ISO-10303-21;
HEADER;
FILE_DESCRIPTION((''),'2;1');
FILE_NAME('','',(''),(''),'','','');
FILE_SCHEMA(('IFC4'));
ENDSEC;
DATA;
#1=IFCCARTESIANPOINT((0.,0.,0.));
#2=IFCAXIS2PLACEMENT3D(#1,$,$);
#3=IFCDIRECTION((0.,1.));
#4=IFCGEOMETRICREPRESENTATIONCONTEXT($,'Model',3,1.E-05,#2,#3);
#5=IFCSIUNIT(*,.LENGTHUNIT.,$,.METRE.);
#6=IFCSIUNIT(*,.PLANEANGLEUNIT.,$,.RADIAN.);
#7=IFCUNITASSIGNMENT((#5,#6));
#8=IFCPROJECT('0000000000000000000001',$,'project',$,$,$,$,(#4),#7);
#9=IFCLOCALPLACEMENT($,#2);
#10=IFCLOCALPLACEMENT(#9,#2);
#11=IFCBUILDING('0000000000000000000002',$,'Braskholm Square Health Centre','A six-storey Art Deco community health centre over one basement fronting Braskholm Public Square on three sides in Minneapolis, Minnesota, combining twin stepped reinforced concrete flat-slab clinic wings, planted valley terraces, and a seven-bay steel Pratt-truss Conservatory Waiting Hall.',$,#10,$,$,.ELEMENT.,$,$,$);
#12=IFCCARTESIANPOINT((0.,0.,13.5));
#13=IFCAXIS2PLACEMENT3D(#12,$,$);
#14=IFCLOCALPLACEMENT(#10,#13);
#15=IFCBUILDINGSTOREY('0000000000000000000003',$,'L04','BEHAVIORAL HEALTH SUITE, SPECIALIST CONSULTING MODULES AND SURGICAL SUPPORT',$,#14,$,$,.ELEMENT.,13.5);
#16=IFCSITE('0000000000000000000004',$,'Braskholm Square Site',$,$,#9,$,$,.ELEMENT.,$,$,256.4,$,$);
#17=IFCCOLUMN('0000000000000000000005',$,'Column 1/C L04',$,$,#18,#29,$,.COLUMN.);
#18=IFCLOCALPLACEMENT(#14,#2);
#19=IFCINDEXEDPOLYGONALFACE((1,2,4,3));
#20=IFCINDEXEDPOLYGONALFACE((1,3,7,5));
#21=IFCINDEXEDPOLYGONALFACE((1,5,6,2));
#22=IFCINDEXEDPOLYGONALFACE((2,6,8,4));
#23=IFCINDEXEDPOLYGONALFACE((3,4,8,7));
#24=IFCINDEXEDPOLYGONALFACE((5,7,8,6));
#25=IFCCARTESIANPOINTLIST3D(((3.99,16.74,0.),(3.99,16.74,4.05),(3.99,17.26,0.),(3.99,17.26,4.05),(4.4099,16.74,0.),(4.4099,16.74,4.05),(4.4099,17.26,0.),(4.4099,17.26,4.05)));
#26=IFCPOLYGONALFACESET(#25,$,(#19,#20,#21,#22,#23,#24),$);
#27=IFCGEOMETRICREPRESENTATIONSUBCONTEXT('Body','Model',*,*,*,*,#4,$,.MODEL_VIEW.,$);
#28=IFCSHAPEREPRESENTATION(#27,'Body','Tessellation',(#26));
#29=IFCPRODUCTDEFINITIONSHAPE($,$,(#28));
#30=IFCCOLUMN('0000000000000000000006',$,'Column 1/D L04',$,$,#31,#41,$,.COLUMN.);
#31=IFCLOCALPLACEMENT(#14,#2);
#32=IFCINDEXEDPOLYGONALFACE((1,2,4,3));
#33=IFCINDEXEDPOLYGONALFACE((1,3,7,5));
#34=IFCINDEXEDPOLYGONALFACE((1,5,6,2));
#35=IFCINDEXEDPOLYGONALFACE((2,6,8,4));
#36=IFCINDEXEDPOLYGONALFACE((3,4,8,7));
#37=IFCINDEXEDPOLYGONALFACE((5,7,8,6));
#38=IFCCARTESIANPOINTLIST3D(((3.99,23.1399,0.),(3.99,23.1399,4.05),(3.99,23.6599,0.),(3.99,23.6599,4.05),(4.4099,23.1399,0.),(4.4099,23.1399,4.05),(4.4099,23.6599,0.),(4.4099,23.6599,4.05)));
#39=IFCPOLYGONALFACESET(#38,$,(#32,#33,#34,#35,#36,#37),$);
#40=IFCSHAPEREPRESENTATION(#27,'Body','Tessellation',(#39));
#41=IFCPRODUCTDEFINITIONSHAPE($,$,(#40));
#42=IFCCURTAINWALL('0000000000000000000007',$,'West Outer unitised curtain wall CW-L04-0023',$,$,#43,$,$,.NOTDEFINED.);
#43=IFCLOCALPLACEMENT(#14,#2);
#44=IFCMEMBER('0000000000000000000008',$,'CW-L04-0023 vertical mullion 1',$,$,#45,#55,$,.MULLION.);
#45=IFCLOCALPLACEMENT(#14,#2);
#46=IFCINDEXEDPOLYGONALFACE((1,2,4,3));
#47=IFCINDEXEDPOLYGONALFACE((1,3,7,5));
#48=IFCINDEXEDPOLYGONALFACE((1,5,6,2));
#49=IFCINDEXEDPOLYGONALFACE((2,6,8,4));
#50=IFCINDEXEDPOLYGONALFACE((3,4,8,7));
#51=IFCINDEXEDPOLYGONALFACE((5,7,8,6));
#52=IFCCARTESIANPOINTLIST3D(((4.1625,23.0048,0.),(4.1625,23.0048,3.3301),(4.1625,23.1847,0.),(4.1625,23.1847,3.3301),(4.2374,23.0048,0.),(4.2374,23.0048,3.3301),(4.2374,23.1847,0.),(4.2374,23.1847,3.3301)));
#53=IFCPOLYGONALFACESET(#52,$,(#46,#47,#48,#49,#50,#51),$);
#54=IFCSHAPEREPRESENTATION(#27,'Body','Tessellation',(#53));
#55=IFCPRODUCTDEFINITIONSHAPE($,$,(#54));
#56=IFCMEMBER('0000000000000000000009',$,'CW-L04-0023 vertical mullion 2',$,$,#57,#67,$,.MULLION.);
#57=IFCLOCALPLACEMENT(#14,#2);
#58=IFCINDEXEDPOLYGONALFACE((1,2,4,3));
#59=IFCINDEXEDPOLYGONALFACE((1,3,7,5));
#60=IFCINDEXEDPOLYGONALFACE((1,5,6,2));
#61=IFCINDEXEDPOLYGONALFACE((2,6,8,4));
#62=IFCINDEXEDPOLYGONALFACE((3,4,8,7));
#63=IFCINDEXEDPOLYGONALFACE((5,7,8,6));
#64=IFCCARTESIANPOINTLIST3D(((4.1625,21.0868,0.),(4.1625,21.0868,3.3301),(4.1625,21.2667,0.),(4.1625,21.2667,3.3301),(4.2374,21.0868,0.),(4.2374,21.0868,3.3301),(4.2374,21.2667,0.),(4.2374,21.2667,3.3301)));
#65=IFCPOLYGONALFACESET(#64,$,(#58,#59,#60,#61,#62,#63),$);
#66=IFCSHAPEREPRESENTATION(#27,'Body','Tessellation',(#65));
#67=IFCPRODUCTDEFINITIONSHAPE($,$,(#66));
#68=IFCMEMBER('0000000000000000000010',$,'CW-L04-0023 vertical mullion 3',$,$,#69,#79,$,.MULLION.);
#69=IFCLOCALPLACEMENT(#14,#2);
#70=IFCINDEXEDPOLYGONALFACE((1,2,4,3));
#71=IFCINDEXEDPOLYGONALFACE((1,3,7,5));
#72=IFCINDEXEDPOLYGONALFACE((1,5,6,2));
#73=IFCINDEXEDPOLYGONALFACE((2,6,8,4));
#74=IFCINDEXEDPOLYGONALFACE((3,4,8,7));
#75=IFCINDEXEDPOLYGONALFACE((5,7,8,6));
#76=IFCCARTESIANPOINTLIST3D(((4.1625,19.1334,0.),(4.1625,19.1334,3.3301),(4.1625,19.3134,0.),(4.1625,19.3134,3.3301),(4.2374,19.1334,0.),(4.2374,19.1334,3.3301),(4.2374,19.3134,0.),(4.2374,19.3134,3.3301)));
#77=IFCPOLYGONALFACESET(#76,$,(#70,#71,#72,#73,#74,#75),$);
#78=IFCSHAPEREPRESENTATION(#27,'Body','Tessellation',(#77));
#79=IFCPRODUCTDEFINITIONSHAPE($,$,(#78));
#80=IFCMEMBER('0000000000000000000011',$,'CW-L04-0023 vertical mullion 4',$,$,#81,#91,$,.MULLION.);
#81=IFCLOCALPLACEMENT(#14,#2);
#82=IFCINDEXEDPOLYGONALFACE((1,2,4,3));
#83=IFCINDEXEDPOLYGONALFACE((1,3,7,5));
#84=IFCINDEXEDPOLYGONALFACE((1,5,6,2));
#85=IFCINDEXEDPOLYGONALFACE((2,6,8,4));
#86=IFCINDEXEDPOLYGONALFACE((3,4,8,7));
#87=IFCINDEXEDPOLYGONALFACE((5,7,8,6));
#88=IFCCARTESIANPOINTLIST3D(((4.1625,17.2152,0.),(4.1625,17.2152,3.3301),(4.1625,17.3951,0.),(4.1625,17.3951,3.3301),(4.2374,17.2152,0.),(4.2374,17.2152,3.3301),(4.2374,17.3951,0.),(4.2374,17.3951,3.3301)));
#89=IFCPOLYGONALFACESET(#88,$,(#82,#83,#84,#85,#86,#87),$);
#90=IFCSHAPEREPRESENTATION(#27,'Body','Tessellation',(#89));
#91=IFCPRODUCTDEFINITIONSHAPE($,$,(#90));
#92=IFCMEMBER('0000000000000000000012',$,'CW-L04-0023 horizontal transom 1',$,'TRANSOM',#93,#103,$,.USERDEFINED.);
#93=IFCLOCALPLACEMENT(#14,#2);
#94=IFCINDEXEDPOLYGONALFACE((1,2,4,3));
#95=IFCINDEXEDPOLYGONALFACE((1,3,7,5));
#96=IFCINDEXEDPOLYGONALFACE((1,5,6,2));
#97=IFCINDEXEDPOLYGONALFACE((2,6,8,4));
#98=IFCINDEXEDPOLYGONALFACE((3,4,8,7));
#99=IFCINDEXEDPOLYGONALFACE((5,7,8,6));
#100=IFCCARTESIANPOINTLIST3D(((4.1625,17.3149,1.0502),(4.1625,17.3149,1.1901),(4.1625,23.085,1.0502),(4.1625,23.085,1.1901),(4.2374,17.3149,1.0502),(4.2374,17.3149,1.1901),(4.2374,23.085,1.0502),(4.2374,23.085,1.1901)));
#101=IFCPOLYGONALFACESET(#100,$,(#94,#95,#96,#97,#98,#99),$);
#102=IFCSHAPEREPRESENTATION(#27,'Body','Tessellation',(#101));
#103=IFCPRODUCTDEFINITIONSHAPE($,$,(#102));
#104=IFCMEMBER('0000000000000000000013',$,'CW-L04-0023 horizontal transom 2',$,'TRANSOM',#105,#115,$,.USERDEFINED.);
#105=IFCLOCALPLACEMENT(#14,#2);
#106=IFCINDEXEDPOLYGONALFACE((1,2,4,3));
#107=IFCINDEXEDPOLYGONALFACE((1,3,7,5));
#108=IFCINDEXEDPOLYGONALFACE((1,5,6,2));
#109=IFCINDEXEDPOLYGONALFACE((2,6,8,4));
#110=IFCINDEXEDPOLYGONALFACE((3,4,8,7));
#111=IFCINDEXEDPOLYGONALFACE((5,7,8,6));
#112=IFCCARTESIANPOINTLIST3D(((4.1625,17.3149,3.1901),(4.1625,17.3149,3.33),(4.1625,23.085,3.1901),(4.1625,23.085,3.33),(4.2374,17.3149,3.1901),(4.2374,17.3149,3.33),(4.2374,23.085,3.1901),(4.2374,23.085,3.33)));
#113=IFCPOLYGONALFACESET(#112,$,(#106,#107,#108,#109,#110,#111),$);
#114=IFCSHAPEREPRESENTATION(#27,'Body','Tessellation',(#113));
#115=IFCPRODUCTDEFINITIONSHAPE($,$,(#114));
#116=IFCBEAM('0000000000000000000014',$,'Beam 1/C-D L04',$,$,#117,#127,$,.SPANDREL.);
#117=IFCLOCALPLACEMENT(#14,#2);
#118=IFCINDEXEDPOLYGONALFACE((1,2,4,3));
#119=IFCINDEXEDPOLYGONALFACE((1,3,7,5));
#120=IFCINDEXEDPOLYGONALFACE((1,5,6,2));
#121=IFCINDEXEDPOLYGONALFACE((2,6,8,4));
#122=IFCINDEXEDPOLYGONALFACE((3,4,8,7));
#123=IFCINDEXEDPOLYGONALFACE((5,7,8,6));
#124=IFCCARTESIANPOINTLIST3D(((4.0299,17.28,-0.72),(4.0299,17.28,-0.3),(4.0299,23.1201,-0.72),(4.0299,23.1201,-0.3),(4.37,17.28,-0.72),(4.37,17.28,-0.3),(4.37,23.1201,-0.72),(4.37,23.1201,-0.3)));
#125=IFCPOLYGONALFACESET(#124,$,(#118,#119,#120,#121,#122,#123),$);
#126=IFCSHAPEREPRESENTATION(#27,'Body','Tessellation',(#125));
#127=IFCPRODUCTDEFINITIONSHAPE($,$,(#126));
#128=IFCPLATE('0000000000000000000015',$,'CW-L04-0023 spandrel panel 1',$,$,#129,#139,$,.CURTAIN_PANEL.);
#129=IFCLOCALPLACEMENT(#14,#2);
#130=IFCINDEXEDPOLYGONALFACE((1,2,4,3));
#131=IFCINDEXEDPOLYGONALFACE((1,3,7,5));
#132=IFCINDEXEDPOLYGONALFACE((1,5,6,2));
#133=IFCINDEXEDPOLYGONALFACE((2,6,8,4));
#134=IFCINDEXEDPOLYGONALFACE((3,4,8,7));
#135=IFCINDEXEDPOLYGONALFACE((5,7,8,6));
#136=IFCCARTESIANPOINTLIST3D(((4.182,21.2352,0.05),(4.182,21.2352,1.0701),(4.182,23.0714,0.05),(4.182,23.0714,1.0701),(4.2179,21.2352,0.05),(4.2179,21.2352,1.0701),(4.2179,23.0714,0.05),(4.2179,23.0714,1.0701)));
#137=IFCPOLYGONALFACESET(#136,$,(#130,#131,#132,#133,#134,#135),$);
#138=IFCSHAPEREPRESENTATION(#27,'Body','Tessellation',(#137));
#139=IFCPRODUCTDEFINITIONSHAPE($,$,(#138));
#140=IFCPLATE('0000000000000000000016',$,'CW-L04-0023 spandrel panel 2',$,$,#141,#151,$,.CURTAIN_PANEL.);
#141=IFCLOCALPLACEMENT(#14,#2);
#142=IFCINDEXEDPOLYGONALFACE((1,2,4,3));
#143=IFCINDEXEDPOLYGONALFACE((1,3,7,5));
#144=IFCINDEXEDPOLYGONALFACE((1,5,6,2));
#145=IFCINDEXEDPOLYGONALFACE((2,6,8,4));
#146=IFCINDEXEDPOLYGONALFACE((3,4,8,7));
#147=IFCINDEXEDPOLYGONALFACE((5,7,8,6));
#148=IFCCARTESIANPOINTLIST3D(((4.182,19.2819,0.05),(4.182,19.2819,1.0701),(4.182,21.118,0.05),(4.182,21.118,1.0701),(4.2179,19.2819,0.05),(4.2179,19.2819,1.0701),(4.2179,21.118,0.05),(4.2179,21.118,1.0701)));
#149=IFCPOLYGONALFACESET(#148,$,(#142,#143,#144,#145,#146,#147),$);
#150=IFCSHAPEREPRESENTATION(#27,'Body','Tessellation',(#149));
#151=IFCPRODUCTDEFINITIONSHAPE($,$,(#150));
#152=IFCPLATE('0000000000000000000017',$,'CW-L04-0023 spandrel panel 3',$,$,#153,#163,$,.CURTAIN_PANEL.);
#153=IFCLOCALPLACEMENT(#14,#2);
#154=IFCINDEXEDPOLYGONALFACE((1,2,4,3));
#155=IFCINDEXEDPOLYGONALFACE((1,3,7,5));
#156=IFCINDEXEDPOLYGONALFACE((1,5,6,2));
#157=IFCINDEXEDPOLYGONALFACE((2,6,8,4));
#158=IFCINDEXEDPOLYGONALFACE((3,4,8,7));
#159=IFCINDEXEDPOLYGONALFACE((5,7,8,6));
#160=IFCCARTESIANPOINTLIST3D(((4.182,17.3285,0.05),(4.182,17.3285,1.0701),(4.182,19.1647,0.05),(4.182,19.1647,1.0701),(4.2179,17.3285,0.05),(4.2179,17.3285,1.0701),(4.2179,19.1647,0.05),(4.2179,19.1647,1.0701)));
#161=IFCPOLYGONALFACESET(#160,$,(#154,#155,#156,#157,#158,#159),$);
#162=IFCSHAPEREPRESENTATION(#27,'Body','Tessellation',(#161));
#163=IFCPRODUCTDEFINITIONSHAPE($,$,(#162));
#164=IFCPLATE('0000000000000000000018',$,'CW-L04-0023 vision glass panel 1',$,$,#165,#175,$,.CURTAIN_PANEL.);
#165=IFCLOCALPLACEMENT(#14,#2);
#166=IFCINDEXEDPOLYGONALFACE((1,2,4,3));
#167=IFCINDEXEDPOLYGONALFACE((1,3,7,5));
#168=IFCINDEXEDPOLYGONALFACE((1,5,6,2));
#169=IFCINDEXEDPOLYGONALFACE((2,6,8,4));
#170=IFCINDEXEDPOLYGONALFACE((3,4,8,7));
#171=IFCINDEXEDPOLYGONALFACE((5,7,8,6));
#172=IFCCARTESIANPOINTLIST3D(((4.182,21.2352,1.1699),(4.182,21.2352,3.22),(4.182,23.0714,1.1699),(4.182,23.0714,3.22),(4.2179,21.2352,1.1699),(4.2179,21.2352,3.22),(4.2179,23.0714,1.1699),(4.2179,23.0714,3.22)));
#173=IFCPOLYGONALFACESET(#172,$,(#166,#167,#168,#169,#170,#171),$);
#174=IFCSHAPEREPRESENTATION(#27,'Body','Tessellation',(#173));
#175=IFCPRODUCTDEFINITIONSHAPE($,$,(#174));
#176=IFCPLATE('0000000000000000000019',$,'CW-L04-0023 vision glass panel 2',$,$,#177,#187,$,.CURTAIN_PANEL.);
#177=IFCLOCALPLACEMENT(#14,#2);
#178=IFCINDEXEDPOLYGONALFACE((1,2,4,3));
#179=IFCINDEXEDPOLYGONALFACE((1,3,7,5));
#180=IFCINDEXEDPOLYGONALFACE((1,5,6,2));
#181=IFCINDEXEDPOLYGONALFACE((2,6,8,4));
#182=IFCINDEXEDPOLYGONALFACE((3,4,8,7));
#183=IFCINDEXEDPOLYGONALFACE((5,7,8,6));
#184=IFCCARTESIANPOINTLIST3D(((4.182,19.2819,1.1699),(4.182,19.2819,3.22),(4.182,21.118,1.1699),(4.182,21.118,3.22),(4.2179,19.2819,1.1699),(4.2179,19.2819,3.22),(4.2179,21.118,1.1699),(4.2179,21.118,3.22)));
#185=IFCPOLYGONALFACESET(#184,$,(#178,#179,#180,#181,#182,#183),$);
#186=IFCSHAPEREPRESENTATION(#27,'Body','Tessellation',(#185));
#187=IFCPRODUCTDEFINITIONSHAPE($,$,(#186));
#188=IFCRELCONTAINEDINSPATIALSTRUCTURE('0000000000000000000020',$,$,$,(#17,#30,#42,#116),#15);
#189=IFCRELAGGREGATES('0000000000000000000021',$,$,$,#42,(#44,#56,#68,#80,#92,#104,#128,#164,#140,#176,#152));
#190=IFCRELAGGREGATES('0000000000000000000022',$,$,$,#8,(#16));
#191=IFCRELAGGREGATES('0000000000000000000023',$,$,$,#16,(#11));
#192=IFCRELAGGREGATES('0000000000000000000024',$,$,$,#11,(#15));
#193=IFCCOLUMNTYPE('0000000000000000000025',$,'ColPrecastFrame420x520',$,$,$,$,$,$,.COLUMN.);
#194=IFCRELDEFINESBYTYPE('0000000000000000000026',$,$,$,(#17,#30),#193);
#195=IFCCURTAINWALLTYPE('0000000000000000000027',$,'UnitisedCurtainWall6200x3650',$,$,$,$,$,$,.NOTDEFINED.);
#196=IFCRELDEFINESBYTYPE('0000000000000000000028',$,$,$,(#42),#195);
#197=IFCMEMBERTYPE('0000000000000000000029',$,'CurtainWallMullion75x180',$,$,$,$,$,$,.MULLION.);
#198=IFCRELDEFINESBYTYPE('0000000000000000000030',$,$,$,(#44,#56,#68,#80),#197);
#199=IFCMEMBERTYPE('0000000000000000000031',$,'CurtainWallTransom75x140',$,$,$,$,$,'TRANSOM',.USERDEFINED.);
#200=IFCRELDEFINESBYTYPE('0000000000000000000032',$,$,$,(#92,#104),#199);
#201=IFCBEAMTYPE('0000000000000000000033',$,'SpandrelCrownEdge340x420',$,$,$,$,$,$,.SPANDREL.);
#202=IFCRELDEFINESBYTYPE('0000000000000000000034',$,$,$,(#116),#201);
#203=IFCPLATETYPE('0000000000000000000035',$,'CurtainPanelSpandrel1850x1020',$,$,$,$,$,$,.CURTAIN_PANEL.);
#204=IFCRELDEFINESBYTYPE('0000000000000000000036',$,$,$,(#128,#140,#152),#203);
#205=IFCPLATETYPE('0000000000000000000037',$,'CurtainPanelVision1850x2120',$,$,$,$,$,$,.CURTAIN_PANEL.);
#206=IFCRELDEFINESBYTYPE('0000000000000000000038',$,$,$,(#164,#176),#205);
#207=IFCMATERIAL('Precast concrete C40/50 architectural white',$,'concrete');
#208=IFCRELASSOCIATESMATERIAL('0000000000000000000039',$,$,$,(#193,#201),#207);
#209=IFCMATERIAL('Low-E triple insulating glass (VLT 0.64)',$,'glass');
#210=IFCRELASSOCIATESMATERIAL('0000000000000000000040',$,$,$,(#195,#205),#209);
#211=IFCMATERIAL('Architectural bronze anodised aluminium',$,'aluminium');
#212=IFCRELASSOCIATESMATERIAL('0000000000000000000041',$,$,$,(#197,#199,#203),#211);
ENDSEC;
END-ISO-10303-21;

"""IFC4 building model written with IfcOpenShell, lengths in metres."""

from ifc_helpers import new_model, si_unit, direction, frame, origin, origin_2d, place, context, subcontext, project, spatial, rectangle, extrude, material, material_profile, profile_set, type_object, element, aggregate, save


model = new_model("IFC4")

# Units and contexts
model_context = context("Model", 3, precision=1e-05, world=origin(), true_north=direction((0.0, 1.0)))
body_context = subcontext(model_context, "Body", "Model", "MODEL_VIEW")
ifc_project = project(units=[si_unit("LENGTHUNIT", "METRE"), si_unit("PLANEANGLEUNIT", "RADIAN")], contexts=[model_context])

# Site, building, storey
site_placement = place(None, origin())
site = spatial("IfcSite", under=ifc_project, at=site_placement, Name="Braskholm Square Site", CompositionType="ELEMENT", RefElevation=256.4)
building_placement = place(site_placement, origin())
building = spatial("IfcBuilding", under=site, at=building_placement, Name="Braskholm Square Health Centre", Description="A six-storey Art Deco community health centre over one basement fronting Braskholm Public Square on three sides in Minneapolis, Minnesota, combining twin stepped reinforced concrete flat-slab clinic wings, planted valley terraces, and a seven-bay steel Pratt-truss Conservatory Waiting Hall.", CompositionType="ELEMENT")
storey_placement = place(building_placement, frame((0.0, 0.0, 13.5)))
storey = spatial("IfcBuildingStorey", under=building, at=storey_placement, Name="L04", Description="BEHAVIORAL HEALTH SUITE, SPECIALIST CONSULTING MODULES AND SURGICAL SUPPORT", CompositionType="ELEMENT", Elevation=13.5)

# Columns
ifc_material_1 = material(Name="Precast concrete C40/50 architectural white", Category="concrete")
ifc_material_profile_1 = material_profile(ifc_material_1, rectangle(XDim=0.4199, YDim=0.52, at=origin_2d()), Name="RC-420X520")
ifc_profile_set_1 = profile_set([ifc_material_profile_1], Name="Precast concrete C40/50 architectural white")
column_type = type_object("IfcColumnType", Name="ColPrecastFrame420x520", PredefinedType="COLUMN", material=ifc_profile_set_1)
for number, where, z_axis, x_axis, name in (
    (1, (4.2, 17.0, 0.0), (0.0, 0.0, 1.0), (1.0, 0.0, 0.0), "Column 1/C L04"),
    (2, (4.2, 23.3999, 0.0), (0.0, 0.0, 1.0), (1.0, 0.0, 0.0), "Column 1/D L04"),
):
    element("IfcColumn", number, at=place(storey_placement, frame(where, z_axis=z_axis, x_axis=x_axis)), inside=storey, type_object=column_type, Name=name, PredefinedType="COLUMN", context=body_context, shape_type="SweptSolid", body=[
        extrude(rectangle(XDim=0.4199, YDim=0.52, at=origin_2d()), origin(), (0.0, 0.0, 1.0), 4.05),
    ])

# Curtain wall, members
ifc_material_2 = material(Name="Low-E triple insulating glass (VLT 0.64)", Category="glass")
curtain_wall_type = type_object("IfcCurtainWallType", Name="UnitisedCurtainWall6200x3650", PredefinedType="NOTDEFINED", material=ifc_material_2)
curtain_wall_placement = place(storey_placement, origin())
curtain_wall = element("IfcCurtainWall", 3, at=curtain_wall_placement, inside=storey, type_object=curtain_wall_type, Name="West Outer unitised curtain wall CW-L04-0023", PredefinedType="NOTDEFINED")
ifc_material_3 = material(Name="Architectural bronze anodised aluminium", Category="aluminium")
ifc_material_profile_2 = material_profile(ifc_material_3, rectangle(XDim=0.075, YDim=0.1799, at=origin_2d()), Name="ALU-75X180")
ifc_profile_set_2 = profile_set([ifc_material_profile_2], Name="Architectural bronze anodised aluminium")
member_type_1 = type_object("IfcMemberType", Name="CurtainWallMullion75x180", PredefinedType="MULLION", material=ifc_profile_set_2)
member_1_placement = place(storey_placement, frame((4.2, 23.0947, 0.0), z_axis=(0.0, 0.0, 1.0), x_axis=(1.0, 0.0, 0.0)))
member_1 = element("IfcMember", 4, at=member_1_placement, type_object=member_type_1, Name="CW-L04-0023 vertical mullion 1", PredefinedType="MULLION", context=body_context, shape_type="SweptSolid", body=[
    extrude(rectangle(XDim=0.075, YDim=0.1799, at=origin_2d()), origin(), (0.0, 0.0, 1.0), 3.3301),
])
member_2_placement = place(storey_placement, frame((4.2, 21.1768, 0.0), z_axis=(0.0, 0.0, 1.0), x_axis=(1.0, 0.0, 0.0)))
member_2 = element("IfcMember", 5, at=member_2_placement, type_object=member_type_1, Name="CW-L04-0023 vertical mullion 2", PredefinedType="MULLION", context=body_context, shape_type="SweptSolid", body=[
    extrude(rectangle(XDim=0.075, YDim=0.1799, at=origin_2d()), origin(), (0.0, 0.0, 1.0), 3.3301),
])
member_3_placement = place(storey_placement, frame((4.2, 19.2234, 0.0), z_axis=(0.0, 0.0, 1.0), x_axis=(1.0, 0.0, 0.0)))
member_3 = element("IfcMember", 6, at=member_3_placement, type_object=member_type_1, Name="CW-L04-0023 vertical mullion 3", PredefinedType="MULLION", context=body_context, shape_type="SweptSolid", body=[
    extrude(rectangle(XDim=0.075, YDim=0.1799, at=origin_2d()), origin(), (0.0, 0.0, 1.0), 3.3301),
])
member_4_placement = place(storey_placement, frame((4.2, 17.3052, 0.0), z_axis=(0.0, 0.0, 1.0), x_axis=(1.0, 0.0, 0.0)))
member_4 = element("IfcMember", 7, at=member_4_placement, type_object=member_type_1, Name="CW-L04-0023 vertical mullion 4", PredefinedType="MULLION", context=body_context, shape_type="SweptSolid", body=[
    extrude(rectangle(XDim=0.075, YDim=0.1799, at=origin_2d()), origin(), (0.0, 0.0, 1.0), 3.3301),
])
ifc_material_profile_3 = material_profile(ifc_material_3, rectangle(XDim=0.075, YDim=0.1399, at=origin_2d()), Name="ALU-75X140")
ifc_profile_set_3 = profile_set([ifc_material_profile_3], Name="Architectural bronze anodised aluminium")
member_type_2 = type_object("IfcMemberType", Name="CurtainWallTransom75x140", ElementType="TRANSOM", PredefinedType="USERDEFINED", material=ifc_profile_set_3)
member_5_placement = place(storey_placement, frame((4.2, 23.085, 1.1201), z_axis=(0.0, -1.0, 0.0), x_axis=(1.0, 0.0, 0.0)))
member_5 = element("IfcMember", 8, at=member_5_placement, type_object=member_type_2, Name="CW-L04-0023 horizontal transom 1", ObjectType="TRANSOM", PredefinedType="USERDEFINED", context=body_context, shape_type="SweptSolid", body=[
    extrude(rectangle(XDim=0.075, YDim=0.1399, at=origin_2d()), origin(), (0.0, 0.0, 1.0), 5.77),
])
member_6_placement = place(storey_placement, frame((4.2, 23.085, 3.26), z_axis=(0.0, -1.0, 0.0), x_axis=(1.0, 0.0, 0.0)))
member_6 = element("IfcMember", 9, at=member_6_placement, type_object=member_type_2, Name="CW-L04-0023 horizontal transom 2", ObjectType="TRANSOM", PredefinedType="USERDEFINED", context=body_context, shape_type="SweptSolid", body=[
    extrude(rectangle(XDim=0.075, YDim=0.1399, at=origin_2d()), origin(), (0.0, 0.0, 1.0), 5.77),
])

# Beam
ifc_material_profile_4 = material_profile(ifc_material_1, rectangle(XDim=0.3401, YDim=0.4199, at=origin_2d()), Name="RCB-340X420")
ifc_profile_set_4 = profile_set([ifc_material_profile_4], Name="Precast concrete C40/50 architectural white")
beam_type = type_object("IfcBeamType", Name="SpandrelCrownEdge340x420", PredefinedType="SPANDREL", material=ifc_profile_set_4)
beam_placement = place(storey_placement, frame((4.2, 17.28, -0.51), z_axis=(0.0, 1.0, 0.0), x_axis=(-1.0, 0.0, 0.0)))
element("IfcBeam", 10, at=beam_placement, inside=storey, type_object=beam_type, Name="Beam 1/C-D L04", PredefinedType="SPANDREL", context=body_context, shape_type="SweptSolid", body=[
    extrude(rectangle(XDim=0.3401, YDim=0.4199, at=origin_2d()), origin(), (0.0, 0.0, 1.0), 5.8401),
])

# Plates
plate_type_1 = type_object("IfcPlateType", Name="CurtainPanelSpandrel1850x1020", PredefinedType="CURTAIN_PANEL", material=ifc_material_3)
plate_1_placement = place(storey_placement, frame((4.2, 22.1533, 0.05), z_axis=(0.0, 0.0, 1.0), x_axis=(0.0, -1.0, 0.0)))
plate_1 = element("IfcPlate", 11, at=plate_1_placement, type_object=plate_type_1, Name="CW-L04-0023 spandrel panel 1", PredefinedType="CURTAIN_PANEL", context=body_context, shape_type="SweptSolid", body=[
    extrude(rectangle(XDim=1.8362, YDim=0.0359, at=origin_2d()), origin(), (0.0, 0.0, 1.0), 1.02),
])
plate_2_placement = place(storey_placement, frame((4.2, 20.2, 0.05), z_axis=(0.0, 0.0, 1.0), x_axis=(0.0, -1.0, 0.0)))
plate_2 = element("IfcPlate", 12, at=plate_2_placement, type_object=plate_type_1, Name="CW-L04-0023 spandrel panel 2", PredefinedType="CURTAIN_PANEL", context=body_context, shape_type="SweptSolid", body=[
    extrude(rectangle(XDim=1.8362, YDim=0.0359, at=origin_2d()), origin(), (0.0, 0.0, 1.0), 1.02),
])
plate_3_placement = place(storey_placement, frame((4.2, 18.2466, 0.05), z_axis=(0.0, 0.0, 1.0), x_axis=(0.0, -1.0, 0.0)))
plate_3 = element("IfcPlate", 13, at=plate_3_placement, type_object=plate_type_1, Name="CW-L04-0023 spandrel panel 3", PredefinedType="CURTAIN_PANEL", context=body_context, shape_type="SweptSolid", body=[
    extrude(rectangle(XDim=1.8362, YDim=0.0359, at=origin_2d()), origin(), (0.0, 0.0, 1.0), 1.02),
])
plate_type_2 = type_object("IfcPlateType", Name="CurtainPanelVision1850x2120", PredefinedType="CURTAIN_PANEL", material=ifc_material_2)
plate_4_placement = place(storey_placement, frame((4.2, 22.1533, 1.1699), z_axis=(0.0, 0.0, 1.0), x_axis=(0.0, -1.0, 0.0)))
plate_4 = element("IfcPlate", 14, at=plate_4_placement, type_object=plate_type_2, Name="CW-L04-0023 vision glass panel 1", PredefinedType="CURTAIN_PANEL", context=body_context, shape_type="SweptSolid", body=[
    extrude(rectangle(XDim=1.8362, YDim=0.0359, at=origin_2d()), origin(), (0.0, 0.0, 1.0), 2.05),
])
plate_5_placement = place(storey_placement, frame((4.2, 20.2, 1.1699), z_axis=(0.0, 0.0, 1.0), x_axis=(0.0, -1.0, 0.0)))
plate_5 = element("IfcPlate", 15, at=plate_5_placement, type_object=plate_type_2, Name="CW-L04-0023 vision glass panel 2", PredefinedType="CURTAIN_PANEL", context=body_context, shape_type="SweptSolid", body=[
    extrude(rectangle(XDim=1.8362, YDim=0.0359, at=origin_2d()), origin(), (0.0, 0.0, 1.0), 2.05),
])
aggregate(curtain_wall, [member_1, member_2, member_3, member_4, member_5, member_6, plate_1, plate_4, plate_2, plate_5, plate_3])

save(model, "model.ifc")
